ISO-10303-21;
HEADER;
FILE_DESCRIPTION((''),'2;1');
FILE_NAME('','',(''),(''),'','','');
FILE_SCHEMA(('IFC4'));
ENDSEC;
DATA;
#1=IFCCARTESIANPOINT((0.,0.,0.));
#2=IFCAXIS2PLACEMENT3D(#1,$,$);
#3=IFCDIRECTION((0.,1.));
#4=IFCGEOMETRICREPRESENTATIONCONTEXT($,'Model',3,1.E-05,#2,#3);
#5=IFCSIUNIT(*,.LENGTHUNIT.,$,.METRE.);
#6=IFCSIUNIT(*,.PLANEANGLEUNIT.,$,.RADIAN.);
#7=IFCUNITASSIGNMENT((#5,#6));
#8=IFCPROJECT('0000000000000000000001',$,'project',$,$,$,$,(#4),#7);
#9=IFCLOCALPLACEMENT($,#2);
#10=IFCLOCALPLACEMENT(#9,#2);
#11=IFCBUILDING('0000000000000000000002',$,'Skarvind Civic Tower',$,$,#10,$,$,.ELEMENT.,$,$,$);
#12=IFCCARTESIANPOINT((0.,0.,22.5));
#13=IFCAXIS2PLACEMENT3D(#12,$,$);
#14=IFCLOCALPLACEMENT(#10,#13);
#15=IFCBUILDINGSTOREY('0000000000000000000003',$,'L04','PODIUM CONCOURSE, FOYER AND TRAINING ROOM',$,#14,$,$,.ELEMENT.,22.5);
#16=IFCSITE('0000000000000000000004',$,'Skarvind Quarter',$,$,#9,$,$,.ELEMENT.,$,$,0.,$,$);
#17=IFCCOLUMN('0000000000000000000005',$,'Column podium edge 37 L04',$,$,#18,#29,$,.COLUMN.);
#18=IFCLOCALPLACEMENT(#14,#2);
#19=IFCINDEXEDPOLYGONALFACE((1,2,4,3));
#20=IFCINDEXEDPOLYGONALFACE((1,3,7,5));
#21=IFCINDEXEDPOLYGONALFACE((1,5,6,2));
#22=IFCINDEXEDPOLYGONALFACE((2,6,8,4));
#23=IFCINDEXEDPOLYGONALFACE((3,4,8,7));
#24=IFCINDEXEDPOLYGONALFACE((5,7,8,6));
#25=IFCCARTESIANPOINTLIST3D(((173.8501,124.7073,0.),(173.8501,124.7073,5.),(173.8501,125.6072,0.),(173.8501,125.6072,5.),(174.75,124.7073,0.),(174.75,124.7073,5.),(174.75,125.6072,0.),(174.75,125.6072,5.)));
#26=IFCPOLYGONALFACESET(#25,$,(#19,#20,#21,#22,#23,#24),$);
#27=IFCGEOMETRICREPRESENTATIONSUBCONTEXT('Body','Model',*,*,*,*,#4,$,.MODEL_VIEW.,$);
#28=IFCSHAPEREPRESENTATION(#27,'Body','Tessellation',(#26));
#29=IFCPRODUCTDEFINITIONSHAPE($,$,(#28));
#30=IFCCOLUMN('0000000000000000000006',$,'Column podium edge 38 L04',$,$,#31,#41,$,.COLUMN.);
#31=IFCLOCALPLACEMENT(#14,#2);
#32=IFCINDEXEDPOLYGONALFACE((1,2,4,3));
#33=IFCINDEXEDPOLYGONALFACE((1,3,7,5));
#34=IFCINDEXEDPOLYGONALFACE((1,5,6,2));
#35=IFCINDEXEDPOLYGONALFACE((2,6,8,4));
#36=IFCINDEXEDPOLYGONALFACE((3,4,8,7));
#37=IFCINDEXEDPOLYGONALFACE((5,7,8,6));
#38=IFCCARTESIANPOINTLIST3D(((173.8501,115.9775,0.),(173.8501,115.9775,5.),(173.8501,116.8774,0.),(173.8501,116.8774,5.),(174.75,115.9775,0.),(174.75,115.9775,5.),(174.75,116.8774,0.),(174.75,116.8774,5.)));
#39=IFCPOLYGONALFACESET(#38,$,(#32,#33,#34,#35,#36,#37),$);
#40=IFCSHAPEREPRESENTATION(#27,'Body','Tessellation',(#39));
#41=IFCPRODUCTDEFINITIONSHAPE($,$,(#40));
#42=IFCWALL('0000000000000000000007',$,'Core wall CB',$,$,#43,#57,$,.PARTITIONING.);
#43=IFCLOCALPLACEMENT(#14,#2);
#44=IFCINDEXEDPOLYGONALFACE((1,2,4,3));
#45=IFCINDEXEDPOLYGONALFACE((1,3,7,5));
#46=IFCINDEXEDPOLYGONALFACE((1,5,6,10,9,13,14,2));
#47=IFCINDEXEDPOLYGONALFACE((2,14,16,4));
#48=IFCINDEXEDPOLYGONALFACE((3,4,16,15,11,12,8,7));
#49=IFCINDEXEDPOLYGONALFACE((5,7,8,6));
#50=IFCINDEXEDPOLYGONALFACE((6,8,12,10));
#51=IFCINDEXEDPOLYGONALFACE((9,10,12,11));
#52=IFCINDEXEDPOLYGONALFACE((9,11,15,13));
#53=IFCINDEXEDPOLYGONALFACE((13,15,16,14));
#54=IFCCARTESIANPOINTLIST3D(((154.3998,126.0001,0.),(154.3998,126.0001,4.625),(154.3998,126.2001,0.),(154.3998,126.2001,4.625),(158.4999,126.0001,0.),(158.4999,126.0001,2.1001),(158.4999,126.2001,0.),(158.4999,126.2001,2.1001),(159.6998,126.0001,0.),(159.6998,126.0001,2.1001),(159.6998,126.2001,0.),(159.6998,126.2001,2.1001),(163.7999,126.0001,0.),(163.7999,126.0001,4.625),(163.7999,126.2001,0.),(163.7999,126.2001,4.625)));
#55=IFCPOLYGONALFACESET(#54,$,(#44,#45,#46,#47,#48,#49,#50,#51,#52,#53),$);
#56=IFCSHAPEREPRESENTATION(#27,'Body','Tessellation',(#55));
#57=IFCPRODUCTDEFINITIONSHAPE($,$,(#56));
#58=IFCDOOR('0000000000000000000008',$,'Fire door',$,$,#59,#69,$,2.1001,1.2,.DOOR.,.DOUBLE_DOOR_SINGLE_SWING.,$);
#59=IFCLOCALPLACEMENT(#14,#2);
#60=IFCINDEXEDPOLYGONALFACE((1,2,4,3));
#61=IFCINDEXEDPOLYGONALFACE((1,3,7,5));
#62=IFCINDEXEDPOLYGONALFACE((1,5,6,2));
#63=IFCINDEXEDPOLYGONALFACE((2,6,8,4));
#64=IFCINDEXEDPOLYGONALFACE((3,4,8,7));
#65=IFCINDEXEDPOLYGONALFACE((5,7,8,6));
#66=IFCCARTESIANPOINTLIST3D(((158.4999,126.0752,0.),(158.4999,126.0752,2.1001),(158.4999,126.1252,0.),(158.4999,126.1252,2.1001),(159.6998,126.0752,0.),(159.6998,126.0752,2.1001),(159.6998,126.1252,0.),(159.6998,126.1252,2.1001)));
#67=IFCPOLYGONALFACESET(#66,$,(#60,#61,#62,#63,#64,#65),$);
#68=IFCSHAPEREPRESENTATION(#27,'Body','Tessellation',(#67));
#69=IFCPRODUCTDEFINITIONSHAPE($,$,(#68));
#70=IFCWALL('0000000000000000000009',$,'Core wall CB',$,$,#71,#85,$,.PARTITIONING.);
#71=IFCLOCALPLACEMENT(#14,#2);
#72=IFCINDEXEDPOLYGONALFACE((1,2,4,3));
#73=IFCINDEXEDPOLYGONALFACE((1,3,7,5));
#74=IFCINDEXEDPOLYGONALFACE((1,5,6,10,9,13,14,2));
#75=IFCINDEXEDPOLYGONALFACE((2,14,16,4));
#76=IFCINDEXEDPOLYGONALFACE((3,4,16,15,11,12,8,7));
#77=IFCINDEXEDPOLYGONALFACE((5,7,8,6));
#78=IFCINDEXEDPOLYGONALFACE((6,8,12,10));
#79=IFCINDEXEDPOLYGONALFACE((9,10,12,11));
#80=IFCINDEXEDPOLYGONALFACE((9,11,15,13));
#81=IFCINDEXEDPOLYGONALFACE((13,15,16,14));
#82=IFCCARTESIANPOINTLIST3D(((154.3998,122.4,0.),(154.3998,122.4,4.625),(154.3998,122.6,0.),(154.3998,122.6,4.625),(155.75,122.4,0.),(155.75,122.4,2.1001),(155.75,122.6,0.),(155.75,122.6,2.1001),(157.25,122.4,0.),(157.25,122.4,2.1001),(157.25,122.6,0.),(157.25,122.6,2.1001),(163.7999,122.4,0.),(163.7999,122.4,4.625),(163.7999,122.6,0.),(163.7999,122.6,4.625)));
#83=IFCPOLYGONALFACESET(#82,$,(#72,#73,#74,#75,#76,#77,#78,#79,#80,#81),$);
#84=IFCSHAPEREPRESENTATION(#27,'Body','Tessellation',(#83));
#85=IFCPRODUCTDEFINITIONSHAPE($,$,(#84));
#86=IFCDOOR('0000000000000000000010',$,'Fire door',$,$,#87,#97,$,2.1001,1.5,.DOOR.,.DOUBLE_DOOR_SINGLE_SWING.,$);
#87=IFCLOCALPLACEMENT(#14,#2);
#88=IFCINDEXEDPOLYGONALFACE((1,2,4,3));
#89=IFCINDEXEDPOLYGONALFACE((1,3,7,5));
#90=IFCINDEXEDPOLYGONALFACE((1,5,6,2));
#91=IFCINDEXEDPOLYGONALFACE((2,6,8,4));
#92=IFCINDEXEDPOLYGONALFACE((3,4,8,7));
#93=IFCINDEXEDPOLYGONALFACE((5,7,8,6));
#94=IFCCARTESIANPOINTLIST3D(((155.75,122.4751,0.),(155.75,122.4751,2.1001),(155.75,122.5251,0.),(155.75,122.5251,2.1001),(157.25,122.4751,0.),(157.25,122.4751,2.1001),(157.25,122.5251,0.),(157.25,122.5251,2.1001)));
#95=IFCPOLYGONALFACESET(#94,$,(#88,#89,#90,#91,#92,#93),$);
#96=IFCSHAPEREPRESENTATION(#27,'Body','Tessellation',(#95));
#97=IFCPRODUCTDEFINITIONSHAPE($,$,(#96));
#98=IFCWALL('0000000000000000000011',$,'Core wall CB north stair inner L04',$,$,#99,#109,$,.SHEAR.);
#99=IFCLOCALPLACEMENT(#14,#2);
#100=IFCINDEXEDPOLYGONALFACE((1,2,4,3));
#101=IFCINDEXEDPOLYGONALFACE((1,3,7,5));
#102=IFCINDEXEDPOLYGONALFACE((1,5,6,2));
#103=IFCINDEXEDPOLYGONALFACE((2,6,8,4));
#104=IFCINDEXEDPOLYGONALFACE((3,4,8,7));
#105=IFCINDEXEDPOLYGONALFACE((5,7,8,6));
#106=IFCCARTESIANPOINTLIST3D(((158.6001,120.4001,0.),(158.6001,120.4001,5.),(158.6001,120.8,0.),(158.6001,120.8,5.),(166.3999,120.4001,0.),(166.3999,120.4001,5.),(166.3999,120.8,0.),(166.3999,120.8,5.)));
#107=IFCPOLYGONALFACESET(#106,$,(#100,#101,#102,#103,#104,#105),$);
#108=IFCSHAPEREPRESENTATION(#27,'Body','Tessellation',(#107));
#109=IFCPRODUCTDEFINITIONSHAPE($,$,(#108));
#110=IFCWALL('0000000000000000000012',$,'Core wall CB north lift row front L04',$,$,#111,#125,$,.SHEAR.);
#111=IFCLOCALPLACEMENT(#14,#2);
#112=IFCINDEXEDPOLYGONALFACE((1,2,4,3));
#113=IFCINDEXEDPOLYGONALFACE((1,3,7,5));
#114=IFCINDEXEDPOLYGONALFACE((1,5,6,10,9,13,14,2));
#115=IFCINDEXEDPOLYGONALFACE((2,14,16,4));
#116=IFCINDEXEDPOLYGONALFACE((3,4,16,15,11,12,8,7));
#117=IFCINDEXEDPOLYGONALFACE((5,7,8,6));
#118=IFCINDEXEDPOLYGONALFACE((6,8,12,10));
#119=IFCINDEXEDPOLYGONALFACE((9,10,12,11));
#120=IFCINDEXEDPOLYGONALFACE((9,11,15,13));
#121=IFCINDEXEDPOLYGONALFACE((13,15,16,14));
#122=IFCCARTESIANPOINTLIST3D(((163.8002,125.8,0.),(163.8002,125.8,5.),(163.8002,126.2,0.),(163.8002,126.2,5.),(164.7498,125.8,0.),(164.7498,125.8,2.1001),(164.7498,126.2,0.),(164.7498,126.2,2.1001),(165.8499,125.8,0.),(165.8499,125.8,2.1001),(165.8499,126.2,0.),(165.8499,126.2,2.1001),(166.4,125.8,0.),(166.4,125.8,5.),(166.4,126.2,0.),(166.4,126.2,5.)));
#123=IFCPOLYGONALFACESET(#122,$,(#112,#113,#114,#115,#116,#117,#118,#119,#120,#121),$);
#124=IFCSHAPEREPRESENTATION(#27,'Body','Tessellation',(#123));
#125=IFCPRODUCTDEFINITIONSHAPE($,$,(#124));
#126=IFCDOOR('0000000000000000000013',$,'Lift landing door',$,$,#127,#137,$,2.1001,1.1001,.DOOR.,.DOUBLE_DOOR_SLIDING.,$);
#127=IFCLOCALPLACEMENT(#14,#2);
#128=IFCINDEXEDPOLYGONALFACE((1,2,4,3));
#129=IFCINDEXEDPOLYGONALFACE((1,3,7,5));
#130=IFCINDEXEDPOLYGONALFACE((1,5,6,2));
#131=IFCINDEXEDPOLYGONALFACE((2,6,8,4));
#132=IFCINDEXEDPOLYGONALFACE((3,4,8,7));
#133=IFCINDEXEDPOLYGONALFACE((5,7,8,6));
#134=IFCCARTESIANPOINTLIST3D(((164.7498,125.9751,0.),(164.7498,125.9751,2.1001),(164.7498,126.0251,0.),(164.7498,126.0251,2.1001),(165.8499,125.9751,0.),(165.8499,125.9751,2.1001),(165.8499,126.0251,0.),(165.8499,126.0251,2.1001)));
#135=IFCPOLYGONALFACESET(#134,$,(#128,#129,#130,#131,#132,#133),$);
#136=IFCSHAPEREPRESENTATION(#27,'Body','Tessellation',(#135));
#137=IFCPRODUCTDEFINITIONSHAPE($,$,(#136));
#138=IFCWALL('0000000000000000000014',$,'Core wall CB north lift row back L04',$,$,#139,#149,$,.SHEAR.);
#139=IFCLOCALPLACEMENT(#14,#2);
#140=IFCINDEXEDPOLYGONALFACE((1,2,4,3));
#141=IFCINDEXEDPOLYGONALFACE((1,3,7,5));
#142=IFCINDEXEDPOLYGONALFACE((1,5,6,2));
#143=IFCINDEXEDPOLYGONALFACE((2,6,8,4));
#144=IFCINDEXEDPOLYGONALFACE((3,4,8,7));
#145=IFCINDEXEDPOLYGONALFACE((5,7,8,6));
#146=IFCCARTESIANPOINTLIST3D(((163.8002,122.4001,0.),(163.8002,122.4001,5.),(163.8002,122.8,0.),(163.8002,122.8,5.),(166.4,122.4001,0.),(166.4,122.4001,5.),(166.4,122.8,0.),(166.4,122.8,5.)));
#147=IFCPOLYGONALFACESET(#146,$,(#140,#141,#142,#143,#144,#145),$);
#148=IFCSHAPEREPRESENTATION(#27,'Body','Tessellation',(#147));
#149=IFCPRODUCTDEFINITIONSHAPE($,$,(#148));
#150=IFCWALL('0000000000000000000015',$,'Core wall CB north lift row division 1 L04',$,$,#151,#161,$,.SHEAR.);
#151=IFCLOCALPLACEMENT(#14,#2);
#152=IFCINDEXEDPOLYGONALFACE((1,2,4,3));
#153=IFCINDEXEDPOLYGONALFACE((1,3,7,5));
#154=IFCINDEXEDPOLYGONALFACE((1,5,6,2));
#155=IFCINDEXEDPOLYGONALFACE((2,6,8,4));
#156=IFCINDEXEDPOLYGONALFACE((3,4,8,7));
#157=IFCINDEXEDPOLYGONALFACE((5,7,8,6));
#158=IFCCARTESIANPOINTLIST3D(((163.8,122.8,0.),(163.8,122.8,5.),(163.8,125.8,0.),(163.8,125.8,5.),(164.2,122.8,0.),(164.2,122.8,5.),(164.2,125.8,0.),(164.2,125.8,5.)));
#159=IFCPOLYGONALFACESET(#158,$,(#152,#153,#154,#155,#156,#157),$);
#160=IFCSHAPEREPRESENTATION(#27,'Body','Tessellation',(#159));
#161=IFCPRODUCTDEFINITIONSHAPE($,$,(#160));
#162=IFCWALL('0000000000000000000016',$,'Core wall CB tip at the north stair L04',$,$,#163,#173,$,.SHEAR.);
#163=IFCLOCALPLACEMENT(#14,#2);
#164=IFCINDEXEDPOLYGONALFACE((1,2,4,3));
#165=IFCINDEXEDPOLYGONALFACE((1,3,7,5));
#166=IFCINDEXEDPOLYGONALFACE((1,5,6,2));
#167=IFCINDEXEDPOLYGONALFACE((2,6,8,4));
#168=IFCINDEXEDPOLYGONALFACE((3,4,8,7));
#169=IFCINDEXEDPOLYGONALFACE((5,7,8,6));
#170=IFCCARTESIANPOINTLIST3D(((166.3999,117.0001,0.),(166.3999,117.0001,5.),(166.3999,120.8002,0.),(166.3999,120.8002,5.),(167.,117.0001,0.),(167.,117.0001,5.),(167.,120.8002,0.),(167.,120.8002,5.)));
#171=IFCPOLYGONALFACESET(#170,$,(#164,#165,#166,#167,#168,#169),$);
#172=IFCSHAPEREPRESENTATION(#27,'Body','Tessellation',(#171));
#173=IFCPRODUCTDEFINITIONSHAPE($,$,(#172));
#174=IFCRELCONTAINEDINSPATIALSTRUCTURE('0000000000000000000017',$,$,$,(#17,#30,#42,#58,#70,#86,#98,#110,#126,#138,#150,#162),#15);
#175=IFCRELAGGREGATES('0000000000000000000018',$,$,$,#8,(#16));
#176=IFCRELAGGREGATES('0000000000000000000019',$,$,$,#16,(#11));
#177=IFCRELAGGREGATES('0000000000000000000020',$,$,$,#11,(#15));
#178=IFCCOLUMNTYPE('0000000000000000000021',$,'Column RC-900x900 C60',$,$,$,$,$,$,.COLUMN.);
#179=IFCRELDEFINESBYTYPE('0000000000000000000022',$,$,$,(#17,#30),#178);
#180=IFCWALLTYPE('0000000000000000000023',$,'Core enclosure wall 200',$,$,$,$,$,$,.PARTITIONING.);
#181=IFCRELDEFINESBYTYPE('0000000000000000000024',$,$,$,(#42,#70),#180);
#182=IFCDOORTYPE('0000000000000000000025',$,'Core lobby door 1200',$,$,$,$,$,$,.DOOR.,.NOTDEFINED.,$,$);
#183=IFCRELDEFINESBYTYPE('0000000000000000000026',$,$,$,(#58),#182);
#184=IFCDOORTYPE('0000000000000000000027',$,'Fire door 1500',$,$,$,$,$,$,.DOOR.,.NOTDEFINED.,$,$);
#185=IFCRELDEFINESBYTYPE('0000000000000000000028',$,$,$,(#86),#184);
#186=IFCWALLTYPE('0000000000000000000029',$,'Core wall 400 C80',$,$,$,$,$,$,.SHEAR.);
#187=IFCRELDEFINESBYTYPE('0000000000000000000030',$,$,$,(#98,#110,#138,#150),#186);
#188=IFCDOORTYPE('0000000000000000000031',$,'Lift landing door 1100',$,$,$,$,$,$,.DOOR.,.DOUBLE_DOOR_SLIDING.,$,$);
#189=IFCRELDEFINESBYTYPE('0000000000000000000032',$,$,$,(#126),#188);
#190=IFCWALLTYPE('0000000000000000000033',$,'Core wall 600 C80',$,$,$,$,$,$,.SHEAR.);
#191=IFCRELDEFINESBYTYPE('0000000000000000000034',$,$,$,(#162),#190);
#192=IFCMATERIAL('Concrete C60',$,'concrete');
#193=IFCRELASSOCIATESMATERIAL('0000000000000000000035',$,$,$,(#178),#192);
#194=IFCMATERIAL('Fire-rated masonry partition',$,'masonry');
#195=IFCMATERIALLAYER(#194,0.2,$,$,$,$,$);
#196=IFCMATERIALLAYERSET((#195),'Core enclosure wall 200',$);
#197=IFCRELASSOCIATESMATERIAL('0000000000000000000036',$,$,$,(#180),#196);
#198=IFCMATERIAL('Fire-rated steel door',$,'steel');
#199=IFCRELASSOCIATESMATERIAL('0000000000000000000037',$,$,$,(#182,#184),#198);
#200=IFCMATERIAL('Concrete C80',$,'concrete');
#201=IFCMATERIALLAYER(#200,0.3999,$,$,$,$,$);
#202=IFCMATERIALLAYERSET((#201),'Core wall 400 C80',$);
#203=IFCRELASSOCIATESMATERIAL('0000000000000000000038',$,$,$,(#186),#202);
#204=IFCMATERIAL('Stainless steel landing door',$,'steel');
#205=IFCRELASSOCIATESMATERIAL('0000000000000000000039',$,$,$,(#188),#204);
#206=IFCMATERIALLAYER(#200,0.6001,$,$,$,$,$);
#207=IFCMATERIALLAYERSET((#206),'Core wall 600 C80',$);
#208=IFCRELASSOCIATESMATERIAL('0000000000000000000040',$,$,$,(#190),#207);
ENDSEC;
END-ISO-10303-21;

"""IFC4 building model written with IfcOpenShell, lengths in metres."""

from ifc_helpers import new_model, si_unit, direction, frame, frame_2d, origin, origin_2d, place, context, subcontext, project, spatial, rectangle, extrude, material, layer, layer_set, material_profile, profile_set, type_object, element, fill, save


model = new_model("IFC4")

# Units and contexts
model_context = context("Model", 3, precision=1e-05, world=origin(), true_north=direction((0.0, 1.0)))
body_context = subcontext(model_context, "Body", "Model", "MODEL_VIEW")
ifc_project = project(units=[si_unit("LENGTHUNIT", "METRE"), si_unit("PLANEANGLEUNIT", "RADIAN")], contexts=[model_context])

# Site, building, storey
site_placement = place(None, origin())
site = spatial("IfcSite", under=ifc_project, at=site_placement, Name="Skarvind Quarter", CompositionType="ELEMENT", RefElevation=0.0)
building_placement = place(site_placement, origin())
building = spatial("IfcBuilding", under=site, at=building_placement, Name="Skarvind Civic Tower", CompositionType="ELEMENT")
storey_placement = place(building_placement, frame((0.0, 0.0, 22.5)))
storey = spatial("IfcBuildingStorey", under=building, at=storey_placement, Name="L04", Description="PODIUM CONCOURSE, FOYER AND TRAINING ROOM", CompositionType="ELEMENT", Elevation=22.5)

# Columns
ifc_material_1 = material(Name="Concrete C60", Category="concrete")
ifc_material_profile = material_profile(ifc_material_1, rectangle(XDim=0.8999, YDim=0.8999, at=origin_2d()), Name="RC-900x900")
ifc_profile_set = profile_set([ifc_material_profile], Name="Concrete C60")
column_type = type_object("IfcColumnType", Name="Column RC-900x900 C60", PredefinedType="COLUMN", material=ifc_profile_set)
for number, where, z_axis, x_axis, name in (
    (1, (174.3, 125.1572, 0.0), (0.0, 0.0, 1.0), (1.0, 0.0, 0.0), "Column podium edge 37 L04"),
    (2, (174.3, 116.4275, 0.0), (0.0, 0.0, 1.0), (1.0, 0.0, 0.0), "Column podium edge 38 L04"),
):
    element("IfcColumn", number, at=place(storey_placement, frame(where, z_axis=z_axis, x_axis=x_axis)), inside=storey, type_object=column_type, Name=name, PredefinedType="COLUMN", context=body_context, shape_type="SweptSolid", body=[
        extrude(rectangle(XDim=0.8999, YDim=0.8999, at=origin_2d()), origin(), (0.0, 0.0, 1.0), 5.0),
    ])

# Walls, openings, doors
ifc_material_2 = material(Name="Fire-rated masonry partition", Category="masonry")
ifc_layer_1 = layer(ifc_material_2, 0.2)
ifc_layer_set_1 = layer_set([ifc_layer_1], Name="Core enclosure wall 200")
wall_type_1 = type_object("IfcWallType", Name="Core enclosure wall 200", PredefinedType="PARTITIONING", material=ifc_layer_set_1)
wall_1_placement = place(storey_placement, frame((163.8, 126.1001, 0.0), z_axis=(0.0, 0.0, 1.0), x_axis=(-1.0, 0.0, 0.0)))
wall_1 = element("IfcWall", 3, at=wall_1_placement, inside=storey, type_object=wall_type_1, Name="Core wall CB", PredefinedType="PARTITIONING", context=body_context, shape_type="SweptSolid", body=[
    extrude(rectangle(XDim=9.4001, YDim=0.2, at=frame_2d((4.7002, 0.0))), origin(), (0.0, 0.0, 1.0), 4.625),
])
opening_1_placement = place(wall_1_placement, frame((4.1001, 0.0, 0.0)))
opening_1 = element("IfcOpeningElement", 4, at=opening_1_placement, cuts=wall_1, PredefinedType="OPENING", context=body_context, shape_type="SweptSolid", body=[
    extrude(rectangle(XDim=1.2, YDim=2.1001, at=frame_2d((0.6001, 1.05))), frame((0.0, 0.1099, 0.0), z_axis=(0.0, -1.0, 0.0), x_axis=(1.0, 0.0, 0.0)), (0.0, 0.0, 1.0), 0.22),
])
ifc_material_3 = material(Name="Fire-rated steel door", Category="steel")
door_type_1 = type_object("IfcDoorType", Name="Core lobby door 1200", OperationType="NOTDEFINED", PredefinedType="DOOR", material=ifc_material_3)
door_1_placement = place(opening_1_placement, origin())
door_1 = element("IfcDoor", 5, at=door_1_placement, inside=storey, type_object=door_type_1, Name="Fire door", OperationType="DOUBLE_DOOR_SINGLE_SWING", OverallHeight=2.1001, OverallWidth=1.2, PredefinedType="DOOR", context=body_context, shape_type="SweptSolid", body=[
    extrude(rectangle(XDim=1.2, YDim=2.1001, at=frame_2d((0.6001, 1.05))), frame((0.0, 0.0249, 0.0), z_axis=(0.0, -1.0, 0.0), x_axis=(1.0, 0.0, 0.0)), (0.0, 0.0, 1.0), 0.05),
])
fill(opening_1, door_1)
wall_2_placement = place(storey_placement, frame((163.8, 122.5, 0.0), z_axis=(0.0, 0.0, 1.0), x_axis=(-1.0, 0.0, 0.0)))
wall_2 = element("IfcWall", 6, at=wall_2_placement, inside=storey, type_object=wall_type_1, Name="Core wall CB", PredefinedType="PARTITIONING", context=body_context, shape_type="SweptSolid", body=[
    extrude(rectangle(XDim=9.4001, YDim=0.2, at=frame_2d((4.7002, 0.0))), origin(), (0.0, 0.0, 1.0), 4.625),
])
opening_2_placement = place(wall_2_placement, frame((6.55, 0.0, 0.0)))
opening_2 = element("IfcOpeningElement", 7, at=opening_2_placement, cuts=wall_2, PredefinedType="OPENING", context=body_context, shape_type="SweptSolid", body=[
    extrude(rectangle(XDim=1.5, YDim=2.1001, at=frame_2d((0.75, 1.05))), frame((0.0, 0.1099, 0.0), z_axis=(0.0, -1.0, 0.0), x_axis=(1.0, 0.0, 0.0)), (0.0, 0.0, 1.0), 0.22),
])
door_type_2 = type_object("IfcDoorType", Name="Fire door 1500", OperationType="NOTDEFINED", PredefinedType="DOOR", material=ifc_material_3)
door_2_placement = place(opening_2_placement, origin())
door_2 = element("IfcDoor", 8, at=door_2_placement, inside=storey, type_object=door_type_2, Name="Fire door", OperationType="DOUBLE_DOOR_SINGLE_SWING", OverallHeight=2.1001, OverallWidth=1.5, PredefinedType="DOOR", context=body_context, shape_type="SweptSolid", body=[
    extrude(rectangle(XDim=1.5, YDim=2.1001, at=frame_2d((0.75, 1.05))), frame((0.0, 0.0249, 0.0), z_axis=(0.0, -1.0, 0.0), x_axis=(1.0, 0.0, 0.0)), (0.0, 0.0, 1.0), 0.05),
])
fill(opening_2, door_2)

# Wall
ifc_material_4 = material(Name="Concrete C80", Category="concrete")
ifc_layer_2 = layer(ifc_material_4, 0.3999)
ifc_layer_set_2 = layer_set([ifc_layer_2], Name="Core wall 400 C80")
wall_type_2 = type_object("IfcWallType", Name="Core wall 400 C80", PredefinedType="SHEAR", material=ifc_layer_set_2)
wall_3_placement = place(storey_placement, frame((166.3999, 120.6001, 0.0), z_axis=(0.0, 0.0, 1.0), x_axis=(-1.0, 0.0, 0.0)))
element("IfcWall", 9, at=wall_3_placement, inside=storey, type_object=wall_type_2, Name="Core wall CB north stair inner L04", PredefinedType="SHEAR", context=body_context, shape_type="SweptSolid", body=[
    extrude(rectangle(XDim=7.7998, YDim=0.3999, at=frame_2d((3.8999, 0.0))), origin(), (0.0, 0.0, 1.0), 5.0),
])

# Wall, opening, door
wall_4_placement = place(storey_placement, frame((166.3999, 126.0, 0.0), z_axis=(0.0, 0.0, 1.0), x_axis=(-1.0, 0.0, 0.0)))
wall_4 = element("IfcWall", 10, at=wall_4_placement, inside=storey, type_object=wall_type_2, Name="Core wall CB north lift row front L04", PredefinedType="SHEAR", context=body_context, shape_type="SweptSolid", body=[
    extrude(rectangle(XDim=2.5999, YDim=0.3999, at=frame_2d((1.2998, 0.0))), origin(), (0.0, 0.0, 1.0), 5.0),
])
opening_3_placement = place(wall_4_placement, frame((0.55, 0.0, 0.0)))
opening_3 = element("IfcOpeningElement", 11, at=opening_3_placement, cuts=wall_4, PredefinedType="OPENING", context=body_context, shape_type="SweptSolid", body=[
    extrude(rectangle(XDim=1.1001, YDim=2.1001, at=frame_2d((0.55, 1.05))), frame((0.0, 0.21, 0.0), z_axis=(0.0, -1.0, 0.0), x_axis=(1.0, 0.0, 0.0)), (0.0, 0.0, 1.0), 0.4199),
])
ifc_material_5 = material(Name="Stainless steel landing door", Category="steel")
door_type_3 = type_object("IfcDoorType", Name="Lift landing door 1100", OperationType="DOUBLE_DOOR_SLIDING", PredefinedType="DOOR", material=ifc_material_5)
door_3_placement = place(opening_3_placement, origin())
door_3 = element("IfcDoor", 12, at=door_3_placement, inside=storey, type_object=door_type_3, Name="Lift landing door", OperationType="DOUBLE_DOOR_SLIDING", OverallHeight=2.1001, OverallWidth=1.1001, PredefinedType="DOOR", context=body_context, shape_type="SweptSolid", body=[
    extrude(rectangle(XDim=1.1001, YDim=2.1001, at=frame_2d((0.55, 1.05))), frame((0.0, 0.0249, 0.0), z_axis=(0.0, -1.0, 0.0), x_axis=(1.0, 0.0, 0.0)), (0.0, 0.0, 1.0), 0.05),
])
fill(opening_3, door_3)

# Walls
wall_5_placement = place(storey_placement, frame((166.3999, 122.6001, 0.0), z_axis=(0.0, 0.0, 1.0), x_axis=(-1.0, 0.0, 0.0)))
element("IfcWall", 13, at=wall_5_placement, inside=storey, type_object=wall_type_2, Name="Core wall CB north lift row back L04", PredefinedType="SHEAR", context=body_context, shape_type="SweptSolid", body=[
    extrude(rectangle(XDim=2.5999, YDim=0.3999, at=frame_2d((1.2998, 0.0))), origin(), (0.0, 0.0, 1.0), 5.0),
])
wall_6_placement = place(storey_placement, frame((164.0, 125.8, 0.0), z_axis=(0.0, 0.0, 1.0), x_axis=(0.0, -1.0, 0.0)))
element("IfcWall", 14, at=wall_6_placement, inside=storey, type_object=wall_type_2, Name="Core wall CB north lift row division 1 L04", PredefinedType="SHEAR", context=body_context, shape_type="SweptSolid", body=[
    extrude(rectangle(XDim=3.0, YDim=0.3999, at=frame_2d((1.5, 0.0))), origin(), (0.0, 0.0, 1.0), 5.0),
])
ifc_layer_3 = layer(ifc_material_4, 0.6001)
ifc_layer_set_3 = layer_set([ifc_layer_3], Name="Core wall 600 C80")
wall_type_3 = type_object("IfcWallType", Name="Core wall 600 C80", PredefinedType="SHEAR", material=ifc_layer_set_3)
wall_7_placement = place(storey_placement, frame((166.7, 120.8, 0.0), z_axis=(0.0, 0.0, 1.0), x_axis=(0.0, -1.0, 0.0)))
element("IfcWall", 15, at=wall_7_placement, inside=storey, type_object=wall_type_3, Name="Core wall CB tip at the north stair L04", PredefinedType="SHEAR", context=body_context, shape_type="SweptSolid", body=[
    extrude(rectangle(XDim=3.8, YDim=0.6001, at=frame_2d((1.8999, 0.0))), origin(), (0.0, 0.0, 1.0), 5.0),
])

save(model, "model.ifc")
